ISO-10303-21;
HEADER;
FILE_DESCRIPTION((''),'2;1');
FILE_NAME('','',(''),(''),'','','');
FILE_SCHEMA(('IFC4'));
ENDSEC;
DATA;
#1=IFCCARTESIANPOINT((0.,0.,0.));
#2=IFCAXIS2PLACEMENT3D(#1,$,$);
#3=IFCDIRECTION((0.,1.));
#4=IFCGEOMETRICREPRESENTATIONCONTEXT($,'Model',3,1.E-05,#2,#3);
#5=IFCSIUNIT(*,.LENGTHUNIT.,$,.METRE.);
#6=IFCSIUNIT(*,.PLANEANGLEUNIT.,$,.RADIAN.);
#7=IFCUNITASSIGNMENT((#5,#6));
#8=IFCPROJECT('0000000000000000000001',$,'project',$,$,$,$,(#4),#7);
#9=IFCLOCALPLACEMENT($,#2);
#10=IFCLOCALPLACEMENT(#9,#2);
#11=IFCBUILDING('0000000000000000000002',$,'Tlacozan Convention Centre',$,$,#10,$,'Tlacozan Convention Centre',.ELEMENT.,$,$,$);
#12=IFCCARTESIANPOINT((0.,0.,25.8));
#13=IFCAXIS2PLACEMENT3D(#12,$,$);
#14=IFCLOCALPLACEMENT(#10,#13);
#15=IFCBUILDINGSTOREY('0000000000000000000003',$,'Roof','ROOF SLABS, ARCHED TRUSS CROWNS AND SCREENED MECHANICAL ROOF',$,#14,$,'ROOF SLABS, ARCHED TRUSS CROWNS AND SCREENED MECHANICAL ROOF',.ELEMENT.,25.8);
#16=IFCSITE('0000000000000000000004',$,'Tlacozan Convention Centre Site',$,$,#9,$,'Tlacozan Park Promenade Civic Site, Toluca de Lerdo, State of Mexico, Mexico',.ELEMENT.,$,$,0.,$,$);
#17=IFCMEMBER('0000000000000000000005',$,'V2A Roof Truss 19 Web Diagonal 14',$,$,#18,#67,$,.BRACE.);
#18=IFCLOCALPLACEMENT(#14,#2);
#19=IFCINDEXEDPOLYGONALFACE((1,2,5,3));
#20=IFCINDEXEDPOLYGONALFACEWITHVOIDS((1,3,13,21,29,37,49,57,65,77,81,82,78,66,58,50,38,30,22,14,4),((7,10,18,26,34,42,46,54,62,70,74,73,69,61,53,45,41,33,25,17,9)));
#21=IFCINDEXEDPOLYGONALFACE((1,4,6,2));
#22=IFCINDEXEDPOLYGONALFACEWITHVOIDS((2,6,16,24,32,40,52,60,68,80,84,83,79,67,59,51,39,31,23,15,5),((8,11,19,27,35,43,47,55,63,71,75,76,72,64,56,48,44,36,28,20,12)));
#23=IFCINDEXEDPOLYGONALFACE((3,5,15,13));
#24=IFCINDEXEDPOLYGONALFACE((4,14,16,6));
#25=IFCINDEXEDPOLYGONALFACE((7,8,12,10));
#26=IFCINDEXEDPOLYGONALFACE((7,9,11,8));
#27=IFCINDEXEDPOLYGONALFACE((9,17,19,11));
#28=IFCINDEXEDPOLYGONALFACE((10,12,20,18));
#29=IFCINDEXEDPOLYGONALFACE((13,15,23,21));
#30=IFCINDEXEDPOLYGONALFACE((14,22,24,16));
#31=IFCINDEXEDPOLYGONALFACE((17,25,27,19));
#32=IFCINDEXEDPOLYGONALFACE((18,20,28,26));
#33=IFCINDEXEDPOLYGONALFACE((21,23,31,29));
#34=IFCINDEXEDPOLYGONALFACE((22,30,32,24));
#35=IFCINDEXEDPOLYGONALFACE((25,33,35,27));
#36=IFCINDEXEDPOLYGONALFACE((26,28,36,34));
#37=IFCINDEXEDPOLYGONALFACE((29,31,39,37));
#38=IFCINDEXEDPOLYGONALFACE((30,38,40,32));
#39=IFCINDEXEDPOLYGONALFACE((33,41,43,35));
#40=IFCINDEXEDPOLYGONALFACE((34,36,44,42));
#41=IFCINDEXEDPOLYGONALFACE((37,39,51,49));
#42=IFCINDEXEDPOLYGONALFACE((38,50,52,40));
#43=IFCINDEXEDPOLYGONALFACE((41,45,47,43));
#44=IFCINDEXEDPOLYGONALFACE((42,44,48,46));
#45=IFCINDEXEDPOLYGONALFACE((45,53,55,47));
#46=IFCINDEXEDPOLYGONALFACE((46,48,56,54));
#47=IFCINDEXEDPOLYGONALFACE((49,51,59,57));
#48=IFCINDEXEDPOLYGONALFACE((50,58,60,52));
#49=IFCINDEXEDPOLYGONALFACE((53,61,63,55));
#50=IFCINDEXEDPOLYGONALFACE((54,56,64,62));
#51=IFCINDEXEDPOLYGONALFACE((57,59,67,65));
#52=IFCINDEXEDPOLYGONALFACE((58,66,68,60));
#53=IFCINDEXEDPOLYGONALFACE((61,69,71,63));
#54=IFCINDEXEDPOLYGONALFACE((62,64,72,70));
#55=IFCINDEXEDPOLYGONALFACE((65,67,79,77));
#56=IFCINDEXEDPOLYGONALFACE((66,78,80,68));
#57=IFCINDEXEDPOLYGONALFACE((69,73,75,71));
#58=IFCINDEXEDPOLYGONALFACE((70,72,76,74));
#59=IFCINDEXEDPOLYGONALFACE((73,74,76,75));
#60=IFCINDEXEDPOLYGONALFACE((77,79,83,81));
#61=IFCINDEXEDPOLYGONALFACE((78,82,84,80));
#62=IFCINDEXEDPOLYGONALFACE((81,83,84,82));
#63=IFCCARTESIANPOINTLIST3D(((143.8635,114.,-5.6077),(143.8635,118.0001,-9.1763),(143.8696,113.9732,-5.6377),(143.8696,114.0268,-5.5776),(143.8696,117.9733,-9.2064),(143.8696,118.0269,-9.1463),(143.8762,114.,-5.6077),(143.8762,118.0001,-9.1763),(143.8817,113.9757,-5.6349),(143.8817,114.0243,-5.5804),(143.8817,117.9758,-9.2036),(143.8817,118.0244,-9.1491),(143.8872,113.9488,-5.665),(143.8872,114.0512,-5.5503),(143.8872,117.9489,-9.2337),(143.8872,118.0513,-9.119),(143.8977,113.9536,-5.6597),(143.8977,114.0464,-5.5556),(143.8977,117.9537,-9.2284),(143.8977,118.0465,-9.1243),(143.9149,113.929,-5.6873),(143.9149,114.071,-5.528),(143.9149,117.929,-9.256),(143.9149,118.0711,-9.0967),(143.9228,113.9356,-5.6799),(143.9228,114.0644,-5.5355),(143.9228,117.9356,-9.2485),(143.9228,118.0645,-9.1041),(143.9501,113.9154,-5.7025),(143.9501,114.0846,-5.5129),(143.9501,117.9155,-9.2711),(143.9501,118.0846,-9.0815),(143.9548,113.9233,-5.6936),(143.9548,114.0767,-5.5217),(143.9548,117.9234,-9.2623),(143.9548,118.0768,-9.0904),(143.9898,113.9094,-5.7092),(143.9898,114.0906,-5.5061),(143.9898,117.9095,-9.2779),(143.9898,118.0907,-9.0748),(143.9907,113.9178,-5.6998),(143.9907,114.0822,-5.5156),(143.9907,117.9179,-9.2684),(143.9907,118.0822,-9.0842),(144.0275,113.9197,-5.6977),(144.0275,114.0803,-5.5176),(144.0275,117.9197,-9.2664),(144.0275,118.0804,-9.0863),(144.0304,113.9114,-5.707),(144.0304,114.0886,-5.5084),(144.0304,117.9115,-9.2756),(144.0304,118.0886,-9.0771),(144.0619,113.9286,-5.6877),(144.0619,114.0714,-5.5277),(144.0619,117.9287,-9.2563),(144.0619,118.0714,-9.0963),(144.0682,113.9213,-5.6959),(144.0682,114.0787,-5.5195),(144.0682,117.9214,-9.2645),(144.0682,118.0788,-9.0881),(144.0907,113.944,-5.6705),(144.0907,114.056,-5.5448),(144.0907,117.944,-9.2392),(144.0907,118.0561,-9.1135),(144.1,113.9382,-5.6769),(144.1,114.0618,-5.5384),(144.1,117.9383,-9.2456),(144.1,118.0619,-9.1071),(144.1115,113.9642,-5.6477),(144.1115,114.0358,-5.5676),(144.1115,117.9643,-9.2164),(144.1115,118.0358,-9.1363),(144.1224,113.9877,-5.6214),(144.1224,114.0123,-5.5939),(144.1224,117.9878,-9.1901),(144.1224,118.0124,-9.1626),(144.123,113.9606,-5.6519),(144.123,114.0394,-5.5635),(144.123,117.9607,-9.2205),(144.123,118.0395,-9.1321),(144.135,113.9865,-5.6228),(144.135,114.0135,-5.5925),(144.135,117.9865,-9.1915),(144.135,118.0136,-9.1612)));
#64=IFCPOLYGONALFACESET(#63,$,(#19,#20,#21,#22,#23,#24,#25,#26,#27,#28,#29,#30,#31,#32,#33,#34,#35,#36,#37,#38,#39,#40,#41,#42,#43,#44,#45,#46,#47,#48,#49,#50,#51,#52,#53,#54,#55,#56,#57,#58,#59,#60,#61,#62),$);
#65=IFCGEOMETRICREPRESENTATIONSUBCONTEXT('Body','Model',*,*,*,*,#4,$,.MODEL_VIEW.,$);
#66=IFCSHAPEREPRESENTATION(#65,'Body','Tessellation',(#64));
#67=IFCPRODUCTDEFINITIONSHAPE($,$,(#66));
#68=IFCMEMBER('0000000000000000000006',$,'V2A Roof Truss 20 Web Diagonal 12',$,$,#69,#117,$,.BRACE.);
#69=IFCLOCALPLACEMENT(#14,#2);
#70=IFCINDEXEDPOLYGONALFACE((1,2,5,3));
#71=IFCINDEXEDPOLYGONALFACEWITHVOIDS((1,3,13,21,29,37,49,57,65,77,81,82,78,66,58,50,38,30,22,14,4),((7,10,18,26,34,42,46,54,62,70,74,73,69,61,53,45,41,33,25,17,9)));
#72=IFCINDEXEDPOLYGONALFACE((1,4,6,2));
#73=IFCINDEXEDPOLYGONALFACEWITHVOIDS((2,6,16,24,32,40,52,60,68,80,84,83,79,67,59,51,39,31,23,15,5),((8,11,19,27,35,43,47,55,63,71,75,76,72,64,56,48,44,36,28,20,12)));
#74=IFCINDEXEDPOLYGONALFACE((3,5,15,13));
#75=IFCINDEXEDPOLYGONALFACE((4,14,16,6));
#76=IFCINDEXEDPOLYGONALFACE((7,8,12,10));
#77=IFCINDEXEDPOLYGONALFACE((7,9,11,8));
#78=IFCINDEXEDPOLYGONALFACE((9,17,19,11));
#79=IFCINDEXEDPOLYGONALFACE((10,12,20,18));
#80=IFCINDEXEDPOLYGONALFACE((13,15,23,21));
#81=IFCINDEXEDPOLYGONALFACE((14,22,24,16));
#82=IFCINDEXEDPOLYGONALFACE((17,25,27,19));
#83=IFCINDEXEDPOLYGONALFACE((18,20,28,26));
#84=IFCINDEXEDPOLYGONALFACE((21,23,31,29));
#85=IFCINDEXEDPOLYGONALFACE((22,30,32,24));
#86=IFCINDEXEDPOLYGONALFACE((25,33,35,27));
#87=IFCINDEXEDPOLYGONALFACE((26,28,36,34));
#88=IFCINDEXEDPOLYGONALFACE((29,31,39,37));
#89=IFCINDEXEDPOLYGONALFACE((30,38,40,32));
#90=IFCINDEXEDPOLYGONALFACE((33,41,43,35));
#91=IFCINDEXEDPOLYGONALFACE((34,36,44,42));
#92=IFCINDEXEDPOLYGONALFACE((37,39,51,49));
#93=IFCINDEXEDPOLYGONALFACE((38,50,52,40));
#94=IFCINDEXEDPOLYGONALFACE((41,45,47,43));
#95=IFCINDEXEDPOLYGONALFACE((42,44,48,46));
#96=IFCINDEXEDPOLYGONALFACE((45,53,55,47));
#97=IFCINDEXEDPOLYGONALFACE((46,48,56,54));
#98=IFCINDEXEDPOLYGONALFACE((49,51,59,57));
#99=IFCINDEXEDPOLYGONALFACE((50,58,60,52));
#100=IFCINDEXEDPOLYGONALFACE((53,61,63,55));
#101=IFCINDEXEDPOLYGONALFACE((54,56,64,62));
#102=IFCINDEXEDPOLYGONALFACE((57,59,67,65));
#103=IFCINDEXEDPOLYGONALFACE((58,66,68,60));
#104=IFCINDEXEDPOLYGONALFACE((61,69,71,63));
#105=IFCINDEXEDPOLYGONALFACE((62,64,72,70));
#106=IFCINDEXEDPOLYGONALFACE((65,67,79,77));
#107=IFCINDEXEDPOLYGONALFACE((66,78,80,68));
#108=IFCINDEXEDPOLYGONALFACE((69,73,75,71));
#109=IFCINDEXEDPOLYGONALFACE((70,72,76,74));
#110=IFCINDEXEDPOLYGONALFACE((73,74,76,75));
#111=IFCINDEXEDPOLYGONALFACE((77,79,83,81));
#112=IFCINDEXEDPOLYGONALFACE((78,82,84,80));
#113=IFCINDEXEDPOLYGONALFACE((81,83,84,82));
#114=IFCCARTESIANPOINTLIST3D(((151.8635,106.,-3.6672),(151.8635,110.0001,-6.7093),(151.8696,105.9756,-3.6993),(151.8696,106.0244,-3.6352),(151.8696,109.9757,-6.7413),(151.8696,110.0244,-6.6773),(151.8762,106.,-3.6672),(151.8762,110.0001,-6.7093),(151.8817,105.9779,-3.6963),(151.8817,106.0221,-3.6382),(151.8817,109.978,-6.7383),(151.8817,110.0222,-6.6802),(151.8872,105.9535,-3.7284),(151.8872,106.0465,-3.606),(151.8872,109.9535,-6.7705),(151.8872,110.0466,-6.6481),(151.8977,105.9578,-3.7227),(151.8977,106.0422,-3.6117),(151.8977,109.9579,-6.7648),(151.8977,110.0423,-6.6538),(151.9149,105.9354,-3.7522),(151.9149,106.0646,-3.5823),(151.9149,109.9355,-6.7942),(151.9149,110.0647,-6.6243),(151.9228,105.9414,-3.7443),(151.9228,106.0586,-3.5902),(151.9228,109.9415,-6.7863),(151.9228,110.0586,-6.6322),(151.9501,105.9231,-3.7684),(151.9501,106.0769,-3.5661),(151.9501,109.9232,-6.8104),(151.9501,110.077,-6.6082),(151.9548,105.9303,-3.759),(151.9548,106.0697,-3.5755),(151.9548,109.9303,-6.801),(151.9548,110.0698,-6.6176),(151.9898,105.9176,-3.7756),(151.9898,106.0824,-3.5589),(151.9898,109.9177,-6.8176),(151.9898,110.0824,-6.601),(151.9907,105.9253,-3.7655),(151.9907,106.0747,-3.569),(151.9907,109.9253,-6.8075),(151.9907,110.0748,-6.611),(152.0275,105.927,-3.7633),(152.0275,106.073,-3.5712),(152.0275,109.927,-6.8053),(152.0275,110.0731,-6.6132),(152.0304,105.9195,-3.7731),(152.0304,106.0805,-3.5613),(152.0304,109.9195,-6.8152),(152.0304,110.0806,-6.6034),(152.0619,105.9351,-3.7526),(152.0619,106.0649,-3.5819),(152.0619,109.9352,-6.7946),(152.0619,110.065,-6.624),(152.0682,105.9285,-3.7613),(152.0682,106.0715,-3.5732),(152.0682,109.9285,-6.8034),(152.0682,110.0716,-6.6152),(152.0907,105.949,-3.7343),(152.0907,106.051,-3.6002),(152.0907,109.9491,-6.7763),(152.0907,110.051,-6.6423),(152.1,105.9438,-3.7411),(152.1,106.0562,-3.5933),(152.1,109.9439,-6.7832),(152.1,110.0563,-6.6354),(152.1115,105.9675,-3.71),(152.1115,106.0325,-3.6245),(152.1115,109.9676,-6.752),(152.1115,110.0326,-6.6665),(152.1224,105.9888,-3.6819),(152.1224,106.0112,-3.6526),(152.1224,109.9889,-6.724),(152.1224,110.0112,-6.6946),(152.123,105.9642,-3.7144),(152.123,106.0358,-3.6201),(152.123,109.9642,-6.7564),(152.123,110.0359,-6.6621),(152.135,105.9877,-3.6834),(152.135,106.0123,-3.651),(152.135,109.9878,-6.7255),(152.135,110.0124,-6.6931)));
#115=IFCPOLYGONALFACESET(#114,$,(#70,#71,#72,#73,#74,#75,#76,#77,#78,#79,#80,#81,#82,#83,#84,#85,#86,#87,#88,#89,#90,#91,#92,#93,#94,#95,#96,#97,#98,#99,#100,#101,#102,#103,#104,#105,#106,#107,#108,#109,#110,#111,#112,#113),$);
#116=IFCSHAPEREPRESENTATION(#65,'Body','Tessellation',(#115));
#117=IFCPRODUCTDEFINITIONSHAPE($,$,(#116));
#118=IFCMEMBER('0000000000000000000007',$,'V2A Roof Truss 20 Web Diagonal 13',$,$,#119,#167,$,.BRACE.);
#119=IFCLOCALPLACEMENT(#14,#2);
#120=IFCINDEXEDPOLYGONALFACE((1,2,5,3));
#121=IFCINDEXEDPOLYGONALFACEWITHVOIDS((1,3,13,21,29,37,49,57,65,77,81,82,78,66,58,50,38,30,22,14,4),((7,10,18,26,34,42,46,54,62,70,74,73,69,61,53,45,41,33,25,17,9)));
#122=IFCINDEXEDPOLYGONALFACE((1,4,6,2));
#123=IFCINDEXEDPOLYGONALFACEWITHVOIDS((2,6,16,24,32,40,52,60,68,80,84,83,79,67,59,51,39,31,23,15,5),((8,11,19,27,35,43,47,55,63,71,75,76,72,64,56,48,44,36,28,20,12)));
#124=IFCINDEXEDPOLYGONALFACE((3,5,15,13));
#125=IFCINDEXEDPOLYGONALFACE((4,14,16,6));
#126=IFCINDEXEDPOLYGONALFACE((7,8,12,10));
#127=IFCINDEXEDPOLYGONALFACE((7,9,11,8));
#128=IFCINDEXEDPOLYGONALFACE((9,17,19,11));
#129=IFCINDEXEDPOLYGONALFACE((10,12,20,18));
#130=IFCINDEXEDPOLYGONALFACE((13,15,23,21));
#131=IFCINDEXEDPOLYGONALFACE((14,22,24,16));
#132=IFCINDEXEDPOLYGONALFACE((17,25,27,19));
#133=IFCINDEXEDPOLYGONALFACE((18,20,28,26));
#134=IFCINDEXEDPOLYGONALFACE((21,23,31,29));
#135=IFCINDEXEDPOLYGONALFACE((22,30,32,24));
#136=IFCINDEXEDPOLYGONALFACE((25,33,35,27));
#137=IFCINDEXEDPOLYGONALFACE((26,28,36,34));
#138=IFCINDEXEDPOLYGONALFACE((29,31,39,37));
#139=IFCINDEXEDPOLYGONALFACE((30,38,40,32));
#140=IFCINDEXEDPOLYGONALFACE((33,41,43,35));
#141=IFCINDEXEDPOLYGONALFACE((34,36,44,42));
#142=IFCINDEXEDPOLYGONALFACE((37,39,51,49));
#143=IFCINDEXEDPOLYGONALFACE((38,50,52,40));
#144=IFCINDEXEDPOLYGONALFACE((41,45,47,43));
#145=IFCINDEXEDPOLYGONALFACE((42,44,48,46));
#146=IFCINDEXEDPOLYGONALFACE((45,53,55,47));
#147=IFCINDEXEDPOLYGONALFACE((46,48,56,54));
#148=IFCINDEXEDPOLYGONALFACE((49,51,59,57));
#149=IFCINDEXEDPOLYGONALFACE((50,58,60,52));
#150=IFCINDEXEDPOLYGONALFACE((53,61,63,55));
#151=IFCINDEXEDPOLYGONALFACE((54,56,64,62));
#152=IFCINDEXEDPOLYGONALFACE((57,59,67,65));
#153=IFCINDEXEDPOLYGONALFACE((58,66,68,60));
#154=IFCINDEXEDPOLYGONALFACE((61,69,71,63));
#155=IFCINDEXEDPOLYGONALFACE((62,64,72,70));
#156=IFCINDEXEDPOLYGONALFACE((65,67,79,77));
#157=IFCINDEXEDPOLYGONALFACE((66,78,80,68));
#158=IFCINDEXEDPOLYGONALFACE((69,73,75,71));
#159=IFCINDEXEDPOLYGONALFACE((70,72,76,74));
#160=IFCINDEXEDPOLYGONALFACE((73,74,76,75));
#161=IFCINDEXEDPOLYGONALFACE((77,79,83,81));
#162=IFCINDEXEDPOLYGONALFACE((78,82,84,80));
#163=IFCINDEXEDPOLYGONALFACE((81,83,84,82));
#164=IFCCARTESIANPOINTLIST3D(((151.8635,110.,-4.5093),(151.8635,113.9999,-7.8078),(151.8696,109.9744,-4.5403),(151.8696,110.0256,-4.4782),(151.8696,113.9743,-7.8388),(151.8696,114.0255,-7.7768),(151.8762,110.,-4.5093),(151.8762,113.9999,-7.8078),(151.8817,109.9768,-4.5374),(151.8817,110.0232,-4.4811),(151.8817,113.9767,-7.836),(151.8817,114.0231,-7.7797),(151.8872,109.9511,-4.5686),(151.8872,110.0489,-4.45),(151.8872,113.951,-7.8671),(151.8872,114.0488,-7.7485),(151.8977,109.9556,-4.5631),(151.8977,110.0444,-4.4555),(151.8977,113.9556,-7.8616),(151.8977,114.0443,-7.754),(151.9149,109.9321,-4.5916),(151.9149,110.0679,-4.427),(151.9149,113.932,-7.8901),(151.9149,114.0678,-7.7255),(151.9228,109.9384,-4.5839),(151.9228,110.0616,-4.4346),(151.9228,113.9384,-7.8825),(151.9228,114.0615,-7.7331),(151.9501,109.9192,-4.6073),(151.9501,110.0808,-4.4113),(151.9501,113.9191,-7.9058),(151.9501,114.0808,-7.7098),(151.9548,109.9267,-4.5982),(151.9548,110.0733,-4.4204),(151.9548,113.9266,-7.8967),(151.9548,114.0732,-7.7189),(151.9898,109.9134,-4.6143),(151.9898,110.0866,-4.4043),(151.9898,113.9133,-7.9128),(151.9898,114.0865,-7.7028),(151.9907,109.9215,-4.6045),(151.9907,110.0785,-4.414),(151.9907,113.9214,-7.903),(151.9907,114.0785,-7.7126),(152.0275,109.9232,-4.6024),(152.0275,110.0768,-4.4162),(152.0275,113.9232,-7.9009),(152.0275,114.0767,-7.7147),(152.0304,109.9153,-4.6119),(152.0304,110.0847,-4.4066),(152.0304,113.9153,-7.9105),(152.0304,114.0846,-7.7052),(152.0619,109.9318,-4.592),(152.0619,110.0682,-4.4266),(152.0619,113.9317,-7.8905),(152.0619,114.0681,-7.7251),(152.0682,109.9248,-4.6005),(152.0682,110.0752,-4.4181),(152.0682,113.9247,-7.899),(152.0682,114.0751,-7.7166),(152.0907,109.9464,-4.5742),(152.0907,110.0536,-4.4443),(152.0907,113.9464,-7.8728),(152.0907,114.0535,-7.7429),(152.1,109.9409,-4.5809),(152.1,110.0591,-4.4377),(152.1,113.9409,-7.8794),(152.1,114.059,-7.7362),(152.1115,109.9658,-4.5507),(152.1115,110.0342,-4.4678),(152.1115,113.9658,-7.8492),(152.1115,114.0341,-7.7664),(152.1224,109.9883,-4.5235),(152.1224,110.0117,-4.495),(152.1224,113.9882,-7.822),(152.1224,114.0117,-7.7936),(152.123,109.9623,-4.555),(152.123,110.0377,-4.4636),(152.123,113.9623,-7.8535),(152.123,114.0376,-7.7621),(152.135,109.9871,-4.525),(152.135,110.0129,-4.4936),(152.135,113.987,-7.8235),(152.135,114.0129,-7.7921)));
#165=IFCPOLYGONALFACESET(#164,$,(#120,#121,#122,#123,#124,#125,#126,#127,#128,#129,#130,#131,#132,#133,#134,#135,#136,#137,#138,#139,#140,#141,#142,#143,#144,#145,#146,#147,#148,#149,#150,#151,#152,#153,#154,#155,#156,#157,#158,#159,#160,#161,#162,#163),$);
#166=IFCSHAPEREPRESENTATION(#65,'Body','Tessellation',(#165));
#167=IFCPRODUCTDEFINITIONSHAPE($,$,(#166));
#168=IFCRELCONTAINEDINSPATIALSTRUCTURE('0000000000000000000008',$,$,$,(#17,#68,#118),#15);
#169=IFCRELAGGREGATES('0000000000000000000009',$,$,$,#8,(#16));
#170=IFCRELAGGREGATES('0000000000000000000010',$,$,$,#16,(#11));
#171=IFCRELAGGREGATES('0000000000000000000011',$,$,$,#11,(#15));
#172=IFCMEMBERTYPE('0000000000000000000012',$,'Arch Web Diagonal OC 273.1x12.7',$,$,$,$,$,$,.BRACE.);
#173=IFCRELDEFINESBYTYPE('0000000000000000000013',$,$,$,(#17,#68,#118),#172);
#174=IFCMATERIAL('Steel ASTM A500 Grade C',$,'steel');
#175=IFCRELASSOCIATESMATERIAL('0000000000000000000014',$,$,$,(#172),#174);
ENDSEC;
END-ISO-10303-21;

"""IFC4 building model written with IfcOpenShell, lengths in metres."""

from ifc_helpers import new_model, si_unit, direction, frame, origin, origin_2d, place, context, subcontext, project, spatial, hollow_circle, extrude, material, material_profile, profile_set, type_object, element, save


model = new_model("IFC4")

# Units and contexts
model_context = context("Model", 3, precision=1e-05, world=origin(), true_north=direction((0.0, 1.0)))
body_context = subcontext(model_context, "Body", "Model", "MODEL_VIEW")
ifc_project = project(units=[si_unit("LENGTHUNIT", "METRE"), si_unit("PLANEANGLEUNIT", "RADIAN")], contexts=[model_context])

# Site, building, storey
site_placement = place(None, origin())
site = spatial("IfcSite", under=ifc_project, at=site_placement, Name="Tlacozan Convention Centre Site", LongName="Tlacozan Park Promenade Civic Site, Toluca de Lerdo, State of Mexico, Mexico", CompositionType="ELEMENT", RefElevation=0.0)
building_placement = place(site_placement, origin())
building = spatial("IfcBuilding", under=site, at=building_placement, Name="Tlacozan Convention Centre", LongName="Tlacozan Convention Centre", CompositionType="ELEMENT")
storey_placement = place(building_placement, frame((0.0, 0.0, 25.8)))
storey = spatial("IfcBuildingStorey", under=building, at=storey_placement, Name="Roof", Description="ROOF SLABS, ARCHED TRUSS CROWNS AND SCREENED MECHANICAL ROOF", LongName="ROOF SLABS, ARCHED TRUSS CROWNS AND SCREENED MECHANICAL ROOF", CompositionType="ELEMENT", Elevation=25.8)

# Members
ifc_material_1 = material(Name="Steel ASTM A500 Grade C", Category="steel")
ifc_material_profile_1 = material_profile(ifc_material_1, hollow_circle(Radius=0.1365, WallThickness=0.0127, at=origin_2d()), Name="OC 273.1x12.7")
ifc_profile_set_1 = profile_set([ifc_material_profile_1], Name="Steel ASTM A500 Grade C")
member_type_1 = type_object("IfcMemberType", Name="Arch Web Diagonal OC 273.1x12.7", PredefinedType="BRACE", material=ifc_profile_set_1)
member_1_placement = place(storey_placement, frame((144.0, 114.0, -5.6077), z_axis=(0.0, 0.746199, -0.665722), x_axis=(-1.0, 0.0, 0.0)))
element("IfcMember", 1, at=member_1_placement, inside=storey, type_object=member_type_1, Name="V2A Roof Truss 19 Web Diagonal 14", PredefinedType="BRACE", context=body_context, shape_type="SweptSolid", body=[
    extrude(hollow_circle(Radius=0.1365, WallThickness=0.0127, at=origin_2d()), origin(), (0.0, 0.0, 1.0), 5.3606),
])
member_2_placement = place(storey_placement, frame((152.0, 106.0, -3.6672), z_axis=(0.0, 0.795971, -0.605335), x_axis=(-1.0, 0.0, 0.0)))
element("IfcMember", 2, at=member_2_placement, inside=storey, type_object=member_type_1, Name="V2A Roof Truss 20 Web Diagonal 12", PredefinedType="BRACE", context=body_context, shape_type="SweptSolid", body=[
    extrude(hollow_circle(Radius=0.1365, WallThickness=0.0127, at=origin_2d()), origin(), (0.0, 0.0, 1.0), 5.0254),
])
member_3_placement = place(storey_placement, frame((152.0, 110.0, -4.5093), z_axis=(0.0, 0.771507, -0.63622), x_axis=(-1.0, 0.0, 0.0)))
element("IfcMember", 3, at=member_3_placement, inside=storey, type_object=member_type_1, Name="V2A Roof Truss 20 Web Diagonal 13", PredefinedType="BRACE", context=body_context, shape_type="SweptSolid", body=[
    extrude(hollow_circle(Radius=0.1365, WallThickness=0.0127, at=origin_2d()), origin(), (0.0, 0.0, 1.0), 5.1846),
])

save(model, "model.ifc")
